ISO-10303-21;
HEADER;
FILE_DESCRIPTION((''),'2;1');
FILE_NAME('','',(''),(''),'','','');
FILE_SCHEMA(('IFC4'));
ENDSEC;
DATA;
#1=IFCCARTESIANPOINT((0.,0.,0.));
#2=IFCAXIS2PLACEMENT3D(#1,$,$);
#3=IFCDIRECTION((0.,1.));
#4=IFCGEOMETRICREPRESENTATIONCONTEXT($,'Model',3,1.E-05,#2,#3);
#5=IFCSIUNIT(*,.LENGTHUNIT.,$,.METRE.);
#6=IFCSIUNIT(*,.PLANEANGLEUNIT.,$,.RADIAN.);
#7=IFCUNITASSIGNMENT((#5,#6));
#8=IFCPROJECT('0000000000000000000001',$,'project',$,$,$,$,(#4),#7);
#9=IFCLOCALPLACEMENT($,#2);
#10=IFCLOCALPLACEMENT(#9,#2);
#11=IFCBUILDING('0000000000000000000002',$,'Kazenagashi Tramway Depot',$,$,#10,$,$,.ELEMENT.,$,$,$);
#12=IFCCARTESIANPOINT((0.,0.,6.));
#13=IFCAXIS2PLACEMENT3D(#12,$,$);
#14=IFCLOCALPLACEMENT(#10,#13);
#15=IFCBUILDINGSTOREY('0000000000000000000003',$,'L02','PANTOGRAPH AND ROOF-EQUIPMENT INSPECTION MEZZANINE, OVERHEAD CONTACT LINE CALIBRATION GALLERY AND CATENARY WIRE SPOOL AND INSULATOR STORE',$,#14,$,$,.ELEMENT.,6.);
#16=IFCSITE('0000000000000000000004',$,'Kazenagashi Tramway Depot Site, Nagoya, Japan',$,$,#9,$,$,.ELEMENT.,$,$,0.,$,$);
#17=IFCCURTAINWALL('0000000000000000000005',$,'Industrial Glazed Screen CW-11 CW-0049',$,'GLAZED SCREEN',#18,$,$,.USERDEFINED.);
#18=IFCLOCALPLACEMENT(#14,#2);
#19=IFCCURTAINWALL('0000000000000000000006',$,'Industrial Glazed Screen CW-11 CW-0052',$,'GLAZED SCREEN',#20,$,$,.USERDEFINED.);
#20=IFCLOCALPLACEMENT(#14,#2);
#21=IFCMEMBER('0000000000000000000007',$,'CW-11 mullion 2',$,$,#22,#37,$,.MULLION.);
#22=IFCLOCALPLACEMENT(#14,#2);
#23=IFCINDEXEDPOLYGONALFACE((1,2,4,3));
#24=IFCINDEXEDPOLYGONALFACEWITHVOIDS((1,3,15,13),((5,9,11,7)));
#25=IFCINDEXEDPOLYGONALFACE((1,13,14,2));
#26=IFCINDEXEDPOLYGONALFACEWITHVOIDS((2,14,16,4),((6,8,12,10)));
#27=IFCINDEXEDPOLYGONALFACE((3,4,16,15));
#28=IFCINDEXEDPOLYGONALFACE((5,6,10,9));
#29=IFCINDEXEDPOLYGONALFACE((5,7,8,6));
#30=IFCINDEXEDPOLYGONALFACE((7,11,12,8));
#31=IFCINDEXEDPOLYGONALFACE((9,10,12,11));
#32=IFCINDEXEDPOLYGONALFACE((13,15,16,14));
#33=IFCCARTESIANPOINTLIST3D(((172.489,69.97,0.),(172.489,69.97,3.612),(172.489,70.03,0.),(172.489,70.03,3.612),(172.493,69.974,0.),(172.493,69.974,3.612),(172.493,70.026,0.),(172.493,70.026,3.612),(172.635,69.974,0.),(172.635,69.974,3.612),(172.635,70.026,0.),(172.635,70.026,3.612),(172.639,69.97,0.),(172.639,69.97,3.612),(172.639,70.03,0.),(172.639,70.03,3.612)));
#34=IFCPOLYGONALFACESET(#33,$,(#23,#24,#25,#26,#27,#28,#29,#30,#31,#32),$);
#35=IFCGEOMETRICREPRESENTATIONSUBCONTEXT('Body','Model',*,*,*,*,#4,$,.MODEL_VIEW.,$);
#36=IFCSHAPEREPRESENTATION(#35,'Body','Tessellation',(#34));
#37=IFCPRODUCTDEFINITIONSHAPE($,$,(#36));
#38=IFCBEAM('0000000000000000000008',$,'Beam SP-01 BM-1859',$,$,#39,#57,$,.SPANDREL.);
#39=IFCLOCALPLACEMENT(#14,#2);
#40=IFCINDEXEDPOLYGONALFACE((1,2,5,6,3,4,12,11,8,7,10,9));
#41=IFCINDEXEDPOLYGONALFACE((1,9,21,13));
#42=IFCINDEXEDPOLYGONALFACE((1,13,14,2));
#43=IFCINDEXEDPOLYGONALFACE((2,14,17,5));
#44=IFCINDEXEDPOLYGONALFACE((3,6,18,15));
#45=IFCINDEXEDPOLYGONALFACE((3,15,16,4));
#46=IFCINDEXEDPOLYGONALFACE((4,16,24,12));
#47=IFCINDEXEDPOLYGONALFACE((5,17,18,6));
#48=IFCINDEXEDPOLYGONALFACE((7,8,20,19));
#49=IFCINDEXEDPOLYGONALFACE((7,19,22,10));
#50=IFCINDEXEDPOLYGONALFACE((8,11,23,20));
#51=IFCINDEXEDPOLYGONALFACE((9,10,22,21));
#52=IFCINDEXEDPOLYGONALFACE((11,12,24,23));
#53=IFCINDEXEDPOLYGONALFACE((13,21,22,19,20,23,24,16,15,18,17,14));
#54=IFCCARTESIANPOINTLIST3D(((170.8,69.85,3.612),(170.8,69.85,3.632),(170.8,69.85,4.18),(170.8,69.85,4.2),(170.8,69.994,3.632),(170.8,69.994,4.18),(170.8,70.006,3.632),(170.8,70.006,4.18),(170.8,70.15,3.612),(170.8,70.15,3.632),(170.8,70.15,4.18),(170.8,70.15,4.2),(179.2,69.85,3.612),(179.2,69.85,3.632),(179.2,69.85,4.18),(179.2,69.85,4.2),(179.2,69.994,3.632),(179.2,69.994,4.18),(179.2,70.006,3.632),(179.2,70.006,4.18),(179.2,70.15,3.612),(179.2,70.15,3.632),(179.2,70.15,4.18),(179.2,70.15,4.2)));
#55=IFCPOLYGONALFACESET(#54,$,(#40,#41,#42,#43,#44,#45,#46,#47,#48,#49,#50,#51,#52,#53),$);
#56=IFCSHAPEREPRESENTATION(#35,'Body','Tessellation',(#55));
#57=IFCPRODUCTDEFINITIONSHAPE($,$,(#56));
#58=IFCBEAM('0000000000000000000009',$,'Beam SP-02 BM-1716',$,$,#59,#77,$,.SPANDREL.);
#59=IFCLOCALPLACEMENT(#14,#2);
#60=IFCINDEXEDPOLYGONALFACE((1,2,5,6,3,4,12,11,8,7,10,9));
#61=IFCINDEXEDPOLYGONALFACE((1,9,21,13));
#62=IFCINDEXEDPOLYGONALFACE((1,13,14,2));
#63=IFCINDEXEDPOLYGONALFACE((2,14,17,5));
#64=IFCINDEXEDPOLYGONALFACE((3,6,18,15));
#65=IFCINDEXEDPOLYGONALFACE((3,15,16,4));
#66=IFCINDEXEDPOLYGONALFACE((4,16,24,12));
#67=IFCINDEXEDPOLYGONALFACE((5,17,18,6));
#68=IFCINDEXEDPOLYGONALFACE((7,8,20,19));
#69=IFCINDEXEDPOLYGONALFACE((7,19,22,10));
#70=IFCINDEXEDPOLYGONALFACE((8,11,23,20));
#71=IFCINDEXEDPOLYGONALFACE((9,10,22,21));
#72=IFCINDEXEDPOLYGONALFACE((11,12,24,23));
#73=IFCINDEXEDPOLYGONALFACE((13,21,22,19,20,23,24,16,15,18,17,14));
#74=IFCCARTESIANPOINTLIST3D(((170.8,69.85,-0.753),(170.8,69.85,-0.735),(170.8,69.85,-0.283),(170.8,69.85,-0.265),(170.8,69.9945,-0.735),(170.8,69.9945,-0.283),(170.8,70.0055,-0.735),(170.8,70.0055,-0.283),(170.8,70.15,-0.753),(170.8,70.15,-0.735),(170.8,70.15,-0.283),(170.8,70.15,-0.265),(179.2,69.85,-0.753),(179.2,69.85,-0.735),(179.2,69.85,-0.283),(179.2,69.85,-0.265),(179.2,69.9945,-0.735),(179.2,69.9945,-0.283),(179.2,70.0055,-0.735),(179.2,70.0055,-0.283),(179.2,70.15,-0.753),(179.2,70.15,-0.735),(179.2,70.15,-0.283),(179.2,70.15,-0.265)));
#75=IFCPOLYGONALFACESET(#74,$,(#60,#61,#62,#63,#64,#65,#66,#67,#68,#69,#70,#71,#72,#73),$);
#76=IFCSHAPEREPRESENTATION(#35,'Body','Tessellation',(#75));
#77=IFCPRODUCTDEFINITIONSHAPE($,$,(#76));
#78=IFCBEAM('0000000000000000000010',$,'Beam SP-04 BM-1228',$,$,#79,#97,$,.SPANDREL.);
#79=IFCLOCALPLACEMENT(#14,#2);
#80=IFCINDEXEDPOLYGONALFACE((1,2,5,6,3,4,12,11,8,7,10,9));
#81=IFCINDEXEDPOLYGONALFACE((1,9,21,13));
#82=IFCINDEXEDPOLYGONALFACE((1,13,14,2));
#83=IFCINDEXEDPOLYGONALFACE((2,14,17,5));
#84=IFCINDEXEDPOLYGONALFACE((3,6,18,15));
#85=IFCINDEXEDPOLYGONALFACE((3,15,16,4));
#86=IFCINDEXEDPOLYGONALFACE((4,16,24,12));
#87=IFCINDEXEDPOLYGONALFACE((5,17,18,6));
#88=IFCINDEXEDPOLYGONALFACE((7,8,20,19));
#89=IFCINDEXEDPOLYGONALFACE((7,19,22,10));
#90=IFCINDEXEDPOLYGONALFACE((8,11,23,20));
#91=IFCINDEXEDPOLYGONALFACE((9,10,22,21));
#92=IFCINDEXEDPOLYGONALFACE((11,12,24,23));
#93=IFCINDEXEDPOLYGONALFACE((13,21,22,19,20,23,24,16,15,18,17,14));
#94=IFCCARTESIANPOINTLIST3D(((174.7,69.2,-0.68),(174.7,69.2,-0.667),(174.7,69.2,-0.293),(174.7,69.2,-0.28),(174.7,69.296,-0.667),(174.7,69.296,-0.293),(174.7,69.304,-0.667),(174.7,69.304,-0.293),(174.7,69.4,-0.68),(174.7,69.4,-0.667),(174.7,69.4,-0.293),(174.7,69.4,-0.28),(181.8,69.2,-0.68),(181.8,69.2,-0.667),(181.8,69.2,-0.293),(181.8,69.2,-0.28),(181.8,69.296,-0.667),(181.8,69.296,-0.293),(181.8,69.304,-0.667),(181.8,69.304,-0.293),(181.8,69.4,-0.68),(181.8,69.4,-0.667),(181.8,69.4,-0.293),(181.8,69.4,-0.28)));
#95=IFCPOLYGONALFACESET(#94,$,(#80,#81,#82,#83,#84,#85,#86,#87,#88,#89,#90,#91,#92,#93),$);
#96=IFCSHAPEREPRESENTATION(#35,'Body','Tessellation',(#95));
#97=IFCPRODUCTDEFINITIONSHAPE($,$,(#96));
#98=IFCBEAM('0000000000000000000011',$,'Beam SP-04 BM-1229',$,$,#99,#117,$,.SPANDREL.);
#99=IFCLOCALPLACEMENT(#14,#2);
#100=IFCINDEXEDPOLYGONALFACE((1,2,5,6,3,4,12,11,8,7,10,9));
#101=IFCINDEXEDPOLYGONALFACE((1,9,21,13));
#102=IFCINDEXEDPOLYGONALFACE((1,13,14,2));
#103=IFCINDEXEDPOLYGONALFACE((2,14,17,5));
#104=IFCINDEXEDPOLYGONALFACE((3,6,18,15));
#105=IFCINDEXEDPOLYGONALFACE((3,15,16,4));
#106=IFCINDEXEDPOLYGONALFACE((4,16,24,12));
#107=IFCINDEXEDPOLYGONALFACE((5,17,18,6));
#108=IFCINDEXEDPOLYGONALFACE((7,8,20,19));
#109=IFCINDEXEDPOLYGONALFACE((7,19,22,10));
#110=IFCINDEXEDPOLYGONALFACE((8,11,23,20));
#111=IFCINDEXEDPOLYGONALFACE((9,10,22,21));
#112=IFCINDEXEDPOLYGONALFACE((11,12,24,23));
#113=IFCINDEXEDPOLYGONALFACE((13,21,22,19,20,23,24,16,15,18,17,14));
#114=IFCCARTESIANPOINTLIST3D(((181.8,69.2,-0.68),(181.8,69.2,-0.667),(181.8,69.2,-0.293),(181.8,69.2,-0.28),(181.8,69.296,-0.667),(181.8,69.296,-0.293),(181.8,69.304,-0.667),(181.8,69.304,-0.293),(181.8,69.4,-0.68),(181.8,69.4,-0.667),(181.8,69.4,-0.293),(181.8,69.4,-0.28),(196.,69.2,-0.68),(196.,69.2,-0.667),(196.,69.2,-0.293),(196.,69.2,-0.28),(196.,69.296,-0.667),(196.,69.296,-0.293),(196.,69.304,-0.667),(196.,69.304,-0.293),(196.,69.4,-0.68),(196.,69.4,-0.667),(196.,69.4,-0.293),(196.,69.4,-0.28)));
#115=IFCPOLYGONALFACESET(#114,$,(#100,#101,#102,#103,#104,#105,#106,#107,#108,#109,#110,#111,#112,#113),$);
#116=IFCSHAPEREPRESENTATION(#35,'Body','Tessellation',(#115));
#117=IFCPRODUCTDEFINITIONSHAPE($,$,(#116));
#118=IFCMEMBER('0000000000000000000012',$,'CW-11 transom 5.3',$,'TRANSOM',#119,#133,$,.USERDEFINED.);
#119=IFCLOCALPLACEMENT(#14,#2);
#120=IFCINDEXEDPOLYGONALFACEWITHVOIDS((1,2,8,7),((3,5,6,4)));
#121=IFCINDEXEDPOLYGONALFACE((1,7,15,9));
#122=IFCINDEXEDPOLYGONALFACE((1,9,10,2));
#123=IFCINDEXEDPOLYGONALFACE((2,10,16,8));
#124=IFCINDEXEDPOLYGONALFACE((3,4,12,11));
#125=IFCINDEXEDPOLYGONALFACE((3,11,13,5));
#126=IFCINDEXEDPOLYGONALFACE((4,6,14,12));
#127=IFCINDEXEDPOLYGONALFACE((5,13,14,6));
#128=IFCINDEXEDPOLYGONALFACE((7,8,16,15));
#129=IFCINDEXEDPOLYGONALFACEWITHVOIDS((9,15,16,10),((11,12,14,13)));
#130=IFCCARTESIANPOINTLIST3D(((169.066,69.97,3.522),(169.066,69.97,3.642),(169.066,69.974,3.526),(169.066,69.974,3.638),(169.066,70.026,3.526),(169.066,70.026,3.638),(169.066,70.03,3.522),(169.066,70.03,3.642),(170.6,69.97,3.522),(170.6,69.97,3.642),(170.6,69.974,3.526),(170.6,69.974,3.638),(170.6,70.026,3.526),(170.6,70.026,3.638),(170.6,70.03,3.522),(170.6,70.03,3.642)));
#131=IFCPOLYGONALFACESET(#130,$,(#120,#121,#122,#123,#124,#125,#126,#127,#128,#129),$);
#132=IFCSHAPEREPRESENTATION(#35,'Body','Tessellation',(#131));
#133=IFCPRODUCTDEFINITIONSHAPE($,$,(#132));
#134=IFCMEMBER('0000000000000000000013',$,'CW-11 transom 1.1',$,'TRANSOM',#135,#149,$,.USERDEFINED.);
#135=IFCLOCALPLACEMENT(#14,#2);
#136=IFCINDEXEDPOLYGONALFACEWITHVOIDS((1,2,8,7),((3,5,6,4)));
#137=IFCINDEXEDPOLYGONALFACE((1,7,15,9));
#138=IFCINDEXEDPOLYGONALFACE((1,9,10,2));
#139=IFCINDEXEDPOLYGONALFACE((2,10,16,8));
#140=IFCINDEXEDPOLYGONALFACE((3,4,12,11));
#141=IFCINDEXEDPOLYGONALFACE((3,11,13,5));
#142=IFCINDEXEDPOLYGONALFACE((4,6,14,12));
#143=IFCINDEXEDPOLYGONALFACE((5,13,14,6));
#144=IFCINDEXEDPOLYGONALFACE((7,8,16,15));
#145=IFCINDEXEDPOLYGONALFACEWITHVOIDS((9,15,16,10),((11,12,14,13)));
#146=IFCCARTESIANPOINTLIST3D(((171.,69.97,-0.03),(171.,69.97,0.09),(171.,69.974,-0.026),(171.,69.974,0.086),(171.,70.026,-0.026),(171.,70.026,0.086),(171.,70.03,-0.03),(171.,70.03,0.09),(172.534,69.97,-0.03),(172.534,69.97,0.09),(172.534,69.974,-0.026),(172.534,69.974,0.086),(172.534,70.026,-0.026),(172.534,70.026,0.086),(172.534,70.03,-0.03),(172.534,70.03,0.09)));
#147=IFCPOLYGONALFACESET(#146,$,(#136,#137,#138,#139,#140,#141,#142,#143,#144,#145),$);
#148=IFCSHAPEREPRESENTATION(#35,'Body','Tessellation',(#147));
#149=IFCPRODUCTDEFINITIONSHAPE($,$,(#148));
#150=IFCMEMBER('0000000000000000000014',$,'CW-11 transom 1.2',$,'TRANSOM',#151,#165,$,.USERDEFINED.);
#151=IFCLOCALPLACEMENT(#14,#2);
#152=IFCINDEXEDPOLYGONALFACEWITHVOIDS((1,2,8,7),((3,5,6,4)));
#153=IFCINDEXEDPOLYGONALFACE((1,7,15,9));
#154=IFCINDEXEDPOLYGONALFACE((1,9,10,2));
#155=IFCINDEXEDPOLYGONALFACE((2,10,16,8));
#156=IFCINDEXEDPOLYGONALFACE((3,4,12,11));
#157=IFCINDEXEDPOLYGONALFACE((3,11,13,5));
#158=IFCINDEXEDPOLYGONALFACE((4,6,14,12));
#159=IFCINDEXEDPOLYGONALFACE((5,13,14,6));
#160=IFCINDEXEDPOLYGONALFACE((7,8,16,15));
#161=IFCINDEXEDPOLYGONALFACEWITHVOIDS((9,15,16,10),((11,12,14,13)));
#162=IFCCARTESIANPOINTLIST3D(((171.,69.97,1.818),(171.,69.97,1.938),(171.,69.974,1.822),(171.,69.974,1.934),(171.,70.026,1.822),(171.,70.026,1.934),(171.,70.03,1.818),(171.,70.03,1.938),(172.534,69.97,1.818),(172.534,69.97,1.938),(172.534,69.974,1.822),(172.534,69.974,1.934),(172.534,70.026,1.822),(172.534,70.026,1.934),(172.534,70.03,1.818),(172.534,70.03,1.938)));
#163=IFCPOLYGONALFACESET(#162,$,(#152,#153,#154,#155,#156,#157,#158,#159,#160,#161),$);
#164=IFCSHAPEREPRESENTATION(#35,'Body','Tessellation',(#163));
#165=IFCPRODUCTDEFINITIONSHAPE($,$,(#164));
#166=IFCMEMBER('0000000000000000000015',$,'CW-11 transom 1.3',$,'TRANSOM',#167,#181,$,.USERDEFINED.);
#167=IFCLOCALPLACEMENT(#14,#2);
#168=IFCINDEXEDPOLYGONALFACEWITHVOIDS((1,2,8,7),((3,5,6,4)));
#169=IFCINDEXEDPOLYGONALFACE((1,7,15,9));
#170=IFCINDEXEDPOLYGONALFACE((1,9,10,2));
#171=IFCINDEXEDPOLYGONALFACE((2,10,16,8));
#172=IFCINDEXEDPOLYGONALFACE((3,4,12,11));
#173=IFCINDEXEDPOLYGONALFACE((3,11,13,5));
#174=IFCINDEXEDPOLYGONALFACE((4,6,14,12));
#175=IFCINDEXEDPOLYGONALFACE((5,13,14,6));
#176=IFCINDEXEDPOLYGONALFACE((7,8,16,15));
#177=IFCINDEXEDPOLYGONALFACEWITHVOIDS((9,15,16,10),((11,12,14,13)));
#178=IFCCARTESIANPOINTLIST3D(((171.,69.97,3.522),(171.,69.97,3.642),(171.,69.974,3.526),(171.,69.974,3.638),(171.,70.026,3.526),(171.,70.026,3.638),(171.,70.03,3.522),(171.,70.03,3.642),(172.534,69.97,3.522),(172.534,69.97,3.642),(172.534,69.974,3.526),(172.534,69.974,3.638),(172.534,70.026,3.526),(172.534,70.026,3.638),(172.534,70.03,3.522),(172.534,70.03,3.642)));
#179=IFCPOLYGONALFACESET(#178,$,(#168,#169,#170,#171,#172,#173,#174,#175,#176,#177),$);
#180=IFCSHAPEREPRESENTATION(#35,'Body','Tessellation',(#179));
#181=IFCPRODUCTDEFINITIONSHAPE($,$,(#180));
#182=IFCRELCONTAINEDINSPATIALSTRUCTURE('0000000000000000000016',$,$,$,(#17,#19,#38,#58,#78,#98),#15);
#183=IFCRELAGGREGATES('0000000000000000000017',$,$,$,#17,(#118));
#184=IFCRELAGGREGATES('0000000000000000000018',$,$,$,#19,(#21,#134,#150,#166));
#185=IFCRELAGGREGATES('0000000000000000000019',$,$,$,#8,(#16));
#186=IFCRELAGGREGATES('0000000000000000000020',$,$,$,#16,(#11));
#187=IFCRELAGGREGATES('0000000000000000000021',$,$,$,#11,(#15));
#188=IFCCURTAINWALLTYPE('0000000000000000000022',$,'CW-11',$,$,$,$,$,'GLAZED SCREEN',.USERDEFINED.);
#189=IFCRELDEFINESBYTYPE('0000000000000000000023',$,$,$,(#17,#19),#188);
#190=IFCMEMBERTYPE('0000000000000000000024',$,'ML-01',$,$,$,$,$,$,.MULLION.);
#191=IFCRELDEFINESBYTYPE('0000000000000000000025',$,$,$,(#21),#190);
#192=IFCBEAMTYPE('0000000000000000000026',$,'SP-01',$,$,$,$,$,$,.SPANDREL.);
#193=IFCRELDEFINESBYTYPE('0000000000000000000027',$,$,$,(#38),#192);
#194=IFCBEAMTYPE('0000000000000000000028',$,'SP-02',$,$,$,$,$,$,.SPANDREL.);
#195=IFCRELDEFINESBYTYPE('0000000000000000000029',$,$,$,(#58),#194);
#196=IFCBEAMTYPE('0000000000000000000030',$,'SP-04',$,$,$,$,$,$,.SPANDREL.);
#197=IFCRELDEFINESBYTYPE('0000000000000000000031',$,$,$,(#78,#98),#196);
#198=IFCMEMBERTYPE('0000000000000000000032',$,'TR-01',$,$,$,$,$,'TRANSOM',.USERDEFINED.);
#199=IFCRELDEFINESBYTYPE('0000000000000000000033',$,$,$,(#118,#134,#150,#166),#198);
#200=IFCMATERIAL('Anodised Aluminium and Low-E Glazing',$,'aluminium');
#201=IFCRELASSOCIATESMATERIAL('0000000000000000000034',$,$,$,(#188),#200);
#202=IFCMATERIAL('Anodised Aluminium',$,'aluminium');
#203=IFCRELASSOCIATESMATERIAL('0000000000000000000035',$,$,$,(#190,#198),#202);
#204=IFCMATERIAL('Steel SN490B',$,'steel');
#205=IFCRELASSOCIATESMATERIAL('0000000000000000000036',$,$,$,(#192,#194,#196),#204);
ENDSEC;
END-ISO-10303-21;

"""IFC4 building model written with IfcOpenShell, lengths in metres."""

from ifc_helpers import new_model, si_unit, direction, frame, origin, origin_2d, place, context, subcontext, project, spatial, hollow_rectangle, i_section, extrude, material, material_profile, profile_set, type_object, element, aggregate, save


model = new_model("IFC4")

# Units and contexts
model_context = context("Model", 3, precision=1e-05, world=origin(), true_north=direction((0.0, 1.0)))
body_context = subcontext(model_context, "Body", "Model", "MODEL_VIEW")
ifc_project = project(units=[si_unit("LENGTHUNIT", "METRE"), si_unit("PLANEANGLEUNIT", "RADIAN")], contexts=[model_context])

# Site, building, storey
site_placement = place(None, origin())
site = spatial("IfcSite", under=ifc_project, at=site_placement, Name="Kazenagashi Tramway Depot Site, Nagoya, Japan", CompositionType="ELEMENT", RefElevation=0.0)
building_placement = place(site_placement, origin())
building = spatial("IfcBuilding", under=site, at=building_placement, Name="Kazenagashi Tramway Depot", CompositionType="ELEMENT")
storey_placement = place(building_placement, frame((0.0, 0.0, 6.0)))
storey = spatial("IfcBuildingStorey", under=building, at=storey_placement, Name="L02", Description="PANTOGRAPH AND ROOF-EQUIPMENT INSPECTION MEZZANINE, OVERHEAD CONTACT LINE CALIBRATION GALLERY AND CATENARY WIRE SPOOL AND INSULATOR STORE", CompositionType="ELEMENT", Elevation=6.0)

# Shared definitions
ifc_material_1 = material(Name="Steel SN490B", Category="steel")

# Curtain wall
ifc_material_2 = material(Name="Anodised Aluminium and Low-E Glazing", Category="aluminium")
curtain_wall_type = type_object("IfcCurtainWallType", Name="CW-11", ElementType="GLAZED SCREEN", PredefinedType="USERDEFINED", material=ifc_material_2)
curtain_wall_1_placement = place(storey_placement, origin())
curtain_wall_1 = element("IfcCurtainWall", 1, at=curtain_wall_1_placement, inside=storey, type_object=curtain_wall_type, Name="Industrial Glazed Screen CW-11 CW-0049", ObjectType="GLAZED SCREEN", PredefinedType="USERDEFINED")
ifc_material_3 = material(Name="Anodised Aluminium", Category="aluminium")
ifc_material_profile_1 = material_profile(ifc_material_3, hollow_rectangle(XDim=0.06, YDim=0.15, WallThickness=0.004, at=origin_2d()), Name="RHS-150x60x4")
ifc_profile_set_1 = profile_set([ifc_material_profile_1], Name="Anodised Aluminium")
member_type_1 = type_object("IfcMemberType", Name="ML-01", PredefinedType="MULLION", material=ifc_profile_set_1)

# Curtain wall, member
curtain_wall_2_placement = place(storey_placement, origin())
curtain_wall_2 = element("IfcCurtainWall", 2, at=curtain_wall_2_placement, inside=storey, type_object=curtain_wall_type, Name="Industrial Glazed Screen CW-11 CW-0052", ObjectType="GLAZED SCREEN", PredefinedType="USERDEFINED")
member_1_placement = place(storey_placement, frame((172.564, 70.0, 0.0), z_axis=(0.0, 0.0, 1.0), x_axis=(0.0, 1.0, 0.0)))
member_1 = element("IfcMember", 3, at=member_1_placement, type_object=member_type_1, Name="CW-11 mullion 2", PredefinedType="MULLION", context=body_context, shape_type="SweptSolid", body=[
    extrude(hollow_rectangle(XDim=0.06, YDim=0.15, WallThickness=0.004, at=origin_2d()), origin(), (0.0, 0.0, 1.0), 3.612),
])

# Beams
ifc_material_profile_2 = material_profile(ifc_material_1, i_section(OverallWidth=0.3, OverallDepth=0.588, WebThickness=0.012, FlangeThickness=0.02, at=origin_2d()), Name="H-588x300x12x20")
ifc_profile_set_2 = profile_set([ifc_material_profile_2], Name="Steel SN490B")
beam_type_1 = type_object("IfcBeamType", Name="SP-01", PredefinedType="SPANDREL", material=ifc_profile_set_2)
beam_1_placement = place(storey_placement, frame((170.8, 70.0, 3.906), z_axis=(1.0, 0.0, 0.0), x_axis=(0.0, 1.0, 0.0)))
element("IfcBeam", 4, at=beam_1_placement, inside=storey, type_object=beam_type_1, Name="Beam SP-01 BM-1859", PredefinedType="SPANDREL", context=body_context, shape_type="SweptSolid", body=[
    extrude(i_section(OverallWidth=0.3, OverallDepth=0.588, WebThickness=0.012, FlangeThickness=0.02, at=origin_2d()), origin(), (0.0, 0.0, 1.0), 8.4),
])
ifc_material_profile_3 = material_profile(ifc_material_1, i_section(OverallWidth=0.3, OverallDepth=0.488, WebThickness=0.011, FlangeThickness=0.018, at=origin_2d()), Name="H-488x300x11x18")
ifc_profile_set_3 = profile_set([ifc_material_profile_3], Name="Steel SN490B")
beam_type_2 = type_object("IfcBeamType", Name="SP-02", PredefinedType="SPANDREL", material=ifc_profile_set_3)
beam_2_placement = place(storey_placement, frame((170.8, 70.0, -0.509), z_axis=(1.0, 0.0, 0.0), x_axis=(0.0, 1.0, 0.0)))
element("IfcBeam", 5, at=beam_2_placement, inside=storey, type_object=beam_type_2, Name="Beam SP-02 BM-1716", PredefinedType="SPANDREL", context=body_context, shape_type="SweptSolid", body=[
    extrude(i_section(OverallWidth=0.3, OverallDepth=0.488, WebThickness=0.011, FlangeThickness=0.018, at=origin_2d()), origin(), (0.0, 0.0, 1.0), 8.4),
])
ifc_material_profile_4 = material_profile(ifc_material_1, i_section(OverallWidth=0.2, OverallDepth=0.4, WebThickness=0.008, FlangeThickness=0.013, at=origin_2d()), Name="H-400x200x8x13")
ifc_profile_set_4 = profile_set([ifc_material_profile_4], Name="Steel SN490B")
beam_type_3 = type_object("IfcBeamType", Name="SP-04", PredefinedType="SPANDREL", material=ifc_profile_set_4)
beam_3_placement = place(storey_placement, frame((174.7, 69.3, -0.48), z_axis=(1.0, 0.0, 0.0), x_axis=(0.0, 1.0, 0.0)))
element("IfcBeam", 6, at=beam_3_placement, inside=storey, type_object=beam_type_3, Name="Beam SP-04 BM-1228", PredefinedType="SPANDREL", context=body_context, shape_type="SweptSolid", body=[
    extrude(i_section(OverallWidth=0.2, OverallDepth=0.4, WebThickness=0.008, FlangeThickness=0.013, at=origin_2d()), origin(), (0.0, 0.0, 1.0), 7.1),
])
beam_4_placement = place(storey_placement, frame((181.8, 69.3, -0.48), z_axis=(1.0, 0.0, 0.0), x_axis=(0.0, 1.0, 0.0)))
element("IfcBeam", 7, at=beam_4_placement, inside=storey, type_object=beam_type_3, Name="Beam SP-04 BM-1229", PredefinedType="SPANDREL", context=body_context, shape_type="SweptSolid", body=[
    extrude(i_section(OverallWidth=0.2, OverallDepth=0.4, WebThickness=0.008, FlangeThickness=0.013, at=origin_2d()), origin(), (0.0, 0.0, 1.0), 14.2),
])

# Members
ifc_material_profile_5 = material_profile(ifc_material_3, hollow_rectangle(XDim=0.06, YDim=0.12, WallThickness=0.004, at=origin_2d()), Name="RHS-120x60x4")
ifc_profile_set_5 = profile_set([ifc_material_profile_5], Name="Anodised Aluminium")
member_type_2 = type_object("IfcMemberType", Name="TR-01", ElementType="TRANSOM", PredefinedType="USERDEFINED", material=ifc_profile_set_5)
member_2_placement = place(storey_placement, frame((169.066, 70.0, 3.582), z_axis=(1.0, 0.0, 0.0), x_axis=(0.0, 1.0, 0.0)))
member_2 = element("IfcMember", 8, at=member_2_placement, type_object=member_type_2, Name="CW-11 transom 5.3", ObjectType="TRANSOM", PredefinedType="USERDEFINED", context=body_context, shape_type="SweptSolid", body=[
    extrude(hollow_rectangle(XDim=0.06, YDim=0.12, WallThickness=0.004, at=origin_2d()), origin(), (0.0, 0.0, 1.0), 1.534),
])
member_3_placement = place(storey_placement, frame((171.0, 70.0, 0.03), z_axis=(1.0, 0.0, 0.0), x_axis=(0.0, 1.0, 0.0)))
member_3 = element("IfcMember", 9, at=member_3_placement, type_object=member_type_2, Name="CW-11 transom 1.1", ObjectType="TRANSOM", PredefinedType="USERDEFINED", context=body_context, shape_type="SweptSolid", body=[
    extrude(hollow_rectangle(XDim=0.06, YDim=0.12, WallThickness=0.004, at=origin_2d()), origin(), (0.0, 0.0, 1.0), 1.534),
])
member_4_placement = place(storey_placement, frame((171.0, 70.0, 1.878), z_axis=(1.0, 0.0, 0.0), x_axis=(0.0, 1.0, 0.0)))
member_4 = element("IfcMember", 10, at=member_4_placement, type_object=member_type_2, Name="CW-11 transom 1.2", ObjectType="TRANSOM", PredefinedType="USERDEFINED", context=body_context, shape_type="SweptSolid", body=[
    extrude(hollow_rectangle(XDim=0.06, YDim=0.12, WallThickness=0.004, at=origin_2d()), origin(), (0.0, 0.0, 1.0), 1.534),
])
member_5_placement = place(storey_placement, frame((171.0, 70.0, 3.582), z_axis=(1.0, 0.0, 0.0), x_axis=(0.0, 1.0, 0.0)))
member_5 = element("IfcMember", 11, at=member_5_placement, type_object=member_type_2, Name="CW-11 transom 1.3", ObjectType="TRANSOM", PredefinedType="USERDEFINED", context=body_context, shape_type="SweptSolid", body=[
    extrude(hollow_rectangle(XDim=0.06, YDim=0.12, WallThickness=0.004, at=origin_2d()), origin(), (0.0, 0.0, 1.0), 1.534),
])

aggregate(curtain_wall_1, [member_2])
aggregate(curtain_wall_2, [member_1, member_3, member_4, member_5])

save(model, "model.ifc")
